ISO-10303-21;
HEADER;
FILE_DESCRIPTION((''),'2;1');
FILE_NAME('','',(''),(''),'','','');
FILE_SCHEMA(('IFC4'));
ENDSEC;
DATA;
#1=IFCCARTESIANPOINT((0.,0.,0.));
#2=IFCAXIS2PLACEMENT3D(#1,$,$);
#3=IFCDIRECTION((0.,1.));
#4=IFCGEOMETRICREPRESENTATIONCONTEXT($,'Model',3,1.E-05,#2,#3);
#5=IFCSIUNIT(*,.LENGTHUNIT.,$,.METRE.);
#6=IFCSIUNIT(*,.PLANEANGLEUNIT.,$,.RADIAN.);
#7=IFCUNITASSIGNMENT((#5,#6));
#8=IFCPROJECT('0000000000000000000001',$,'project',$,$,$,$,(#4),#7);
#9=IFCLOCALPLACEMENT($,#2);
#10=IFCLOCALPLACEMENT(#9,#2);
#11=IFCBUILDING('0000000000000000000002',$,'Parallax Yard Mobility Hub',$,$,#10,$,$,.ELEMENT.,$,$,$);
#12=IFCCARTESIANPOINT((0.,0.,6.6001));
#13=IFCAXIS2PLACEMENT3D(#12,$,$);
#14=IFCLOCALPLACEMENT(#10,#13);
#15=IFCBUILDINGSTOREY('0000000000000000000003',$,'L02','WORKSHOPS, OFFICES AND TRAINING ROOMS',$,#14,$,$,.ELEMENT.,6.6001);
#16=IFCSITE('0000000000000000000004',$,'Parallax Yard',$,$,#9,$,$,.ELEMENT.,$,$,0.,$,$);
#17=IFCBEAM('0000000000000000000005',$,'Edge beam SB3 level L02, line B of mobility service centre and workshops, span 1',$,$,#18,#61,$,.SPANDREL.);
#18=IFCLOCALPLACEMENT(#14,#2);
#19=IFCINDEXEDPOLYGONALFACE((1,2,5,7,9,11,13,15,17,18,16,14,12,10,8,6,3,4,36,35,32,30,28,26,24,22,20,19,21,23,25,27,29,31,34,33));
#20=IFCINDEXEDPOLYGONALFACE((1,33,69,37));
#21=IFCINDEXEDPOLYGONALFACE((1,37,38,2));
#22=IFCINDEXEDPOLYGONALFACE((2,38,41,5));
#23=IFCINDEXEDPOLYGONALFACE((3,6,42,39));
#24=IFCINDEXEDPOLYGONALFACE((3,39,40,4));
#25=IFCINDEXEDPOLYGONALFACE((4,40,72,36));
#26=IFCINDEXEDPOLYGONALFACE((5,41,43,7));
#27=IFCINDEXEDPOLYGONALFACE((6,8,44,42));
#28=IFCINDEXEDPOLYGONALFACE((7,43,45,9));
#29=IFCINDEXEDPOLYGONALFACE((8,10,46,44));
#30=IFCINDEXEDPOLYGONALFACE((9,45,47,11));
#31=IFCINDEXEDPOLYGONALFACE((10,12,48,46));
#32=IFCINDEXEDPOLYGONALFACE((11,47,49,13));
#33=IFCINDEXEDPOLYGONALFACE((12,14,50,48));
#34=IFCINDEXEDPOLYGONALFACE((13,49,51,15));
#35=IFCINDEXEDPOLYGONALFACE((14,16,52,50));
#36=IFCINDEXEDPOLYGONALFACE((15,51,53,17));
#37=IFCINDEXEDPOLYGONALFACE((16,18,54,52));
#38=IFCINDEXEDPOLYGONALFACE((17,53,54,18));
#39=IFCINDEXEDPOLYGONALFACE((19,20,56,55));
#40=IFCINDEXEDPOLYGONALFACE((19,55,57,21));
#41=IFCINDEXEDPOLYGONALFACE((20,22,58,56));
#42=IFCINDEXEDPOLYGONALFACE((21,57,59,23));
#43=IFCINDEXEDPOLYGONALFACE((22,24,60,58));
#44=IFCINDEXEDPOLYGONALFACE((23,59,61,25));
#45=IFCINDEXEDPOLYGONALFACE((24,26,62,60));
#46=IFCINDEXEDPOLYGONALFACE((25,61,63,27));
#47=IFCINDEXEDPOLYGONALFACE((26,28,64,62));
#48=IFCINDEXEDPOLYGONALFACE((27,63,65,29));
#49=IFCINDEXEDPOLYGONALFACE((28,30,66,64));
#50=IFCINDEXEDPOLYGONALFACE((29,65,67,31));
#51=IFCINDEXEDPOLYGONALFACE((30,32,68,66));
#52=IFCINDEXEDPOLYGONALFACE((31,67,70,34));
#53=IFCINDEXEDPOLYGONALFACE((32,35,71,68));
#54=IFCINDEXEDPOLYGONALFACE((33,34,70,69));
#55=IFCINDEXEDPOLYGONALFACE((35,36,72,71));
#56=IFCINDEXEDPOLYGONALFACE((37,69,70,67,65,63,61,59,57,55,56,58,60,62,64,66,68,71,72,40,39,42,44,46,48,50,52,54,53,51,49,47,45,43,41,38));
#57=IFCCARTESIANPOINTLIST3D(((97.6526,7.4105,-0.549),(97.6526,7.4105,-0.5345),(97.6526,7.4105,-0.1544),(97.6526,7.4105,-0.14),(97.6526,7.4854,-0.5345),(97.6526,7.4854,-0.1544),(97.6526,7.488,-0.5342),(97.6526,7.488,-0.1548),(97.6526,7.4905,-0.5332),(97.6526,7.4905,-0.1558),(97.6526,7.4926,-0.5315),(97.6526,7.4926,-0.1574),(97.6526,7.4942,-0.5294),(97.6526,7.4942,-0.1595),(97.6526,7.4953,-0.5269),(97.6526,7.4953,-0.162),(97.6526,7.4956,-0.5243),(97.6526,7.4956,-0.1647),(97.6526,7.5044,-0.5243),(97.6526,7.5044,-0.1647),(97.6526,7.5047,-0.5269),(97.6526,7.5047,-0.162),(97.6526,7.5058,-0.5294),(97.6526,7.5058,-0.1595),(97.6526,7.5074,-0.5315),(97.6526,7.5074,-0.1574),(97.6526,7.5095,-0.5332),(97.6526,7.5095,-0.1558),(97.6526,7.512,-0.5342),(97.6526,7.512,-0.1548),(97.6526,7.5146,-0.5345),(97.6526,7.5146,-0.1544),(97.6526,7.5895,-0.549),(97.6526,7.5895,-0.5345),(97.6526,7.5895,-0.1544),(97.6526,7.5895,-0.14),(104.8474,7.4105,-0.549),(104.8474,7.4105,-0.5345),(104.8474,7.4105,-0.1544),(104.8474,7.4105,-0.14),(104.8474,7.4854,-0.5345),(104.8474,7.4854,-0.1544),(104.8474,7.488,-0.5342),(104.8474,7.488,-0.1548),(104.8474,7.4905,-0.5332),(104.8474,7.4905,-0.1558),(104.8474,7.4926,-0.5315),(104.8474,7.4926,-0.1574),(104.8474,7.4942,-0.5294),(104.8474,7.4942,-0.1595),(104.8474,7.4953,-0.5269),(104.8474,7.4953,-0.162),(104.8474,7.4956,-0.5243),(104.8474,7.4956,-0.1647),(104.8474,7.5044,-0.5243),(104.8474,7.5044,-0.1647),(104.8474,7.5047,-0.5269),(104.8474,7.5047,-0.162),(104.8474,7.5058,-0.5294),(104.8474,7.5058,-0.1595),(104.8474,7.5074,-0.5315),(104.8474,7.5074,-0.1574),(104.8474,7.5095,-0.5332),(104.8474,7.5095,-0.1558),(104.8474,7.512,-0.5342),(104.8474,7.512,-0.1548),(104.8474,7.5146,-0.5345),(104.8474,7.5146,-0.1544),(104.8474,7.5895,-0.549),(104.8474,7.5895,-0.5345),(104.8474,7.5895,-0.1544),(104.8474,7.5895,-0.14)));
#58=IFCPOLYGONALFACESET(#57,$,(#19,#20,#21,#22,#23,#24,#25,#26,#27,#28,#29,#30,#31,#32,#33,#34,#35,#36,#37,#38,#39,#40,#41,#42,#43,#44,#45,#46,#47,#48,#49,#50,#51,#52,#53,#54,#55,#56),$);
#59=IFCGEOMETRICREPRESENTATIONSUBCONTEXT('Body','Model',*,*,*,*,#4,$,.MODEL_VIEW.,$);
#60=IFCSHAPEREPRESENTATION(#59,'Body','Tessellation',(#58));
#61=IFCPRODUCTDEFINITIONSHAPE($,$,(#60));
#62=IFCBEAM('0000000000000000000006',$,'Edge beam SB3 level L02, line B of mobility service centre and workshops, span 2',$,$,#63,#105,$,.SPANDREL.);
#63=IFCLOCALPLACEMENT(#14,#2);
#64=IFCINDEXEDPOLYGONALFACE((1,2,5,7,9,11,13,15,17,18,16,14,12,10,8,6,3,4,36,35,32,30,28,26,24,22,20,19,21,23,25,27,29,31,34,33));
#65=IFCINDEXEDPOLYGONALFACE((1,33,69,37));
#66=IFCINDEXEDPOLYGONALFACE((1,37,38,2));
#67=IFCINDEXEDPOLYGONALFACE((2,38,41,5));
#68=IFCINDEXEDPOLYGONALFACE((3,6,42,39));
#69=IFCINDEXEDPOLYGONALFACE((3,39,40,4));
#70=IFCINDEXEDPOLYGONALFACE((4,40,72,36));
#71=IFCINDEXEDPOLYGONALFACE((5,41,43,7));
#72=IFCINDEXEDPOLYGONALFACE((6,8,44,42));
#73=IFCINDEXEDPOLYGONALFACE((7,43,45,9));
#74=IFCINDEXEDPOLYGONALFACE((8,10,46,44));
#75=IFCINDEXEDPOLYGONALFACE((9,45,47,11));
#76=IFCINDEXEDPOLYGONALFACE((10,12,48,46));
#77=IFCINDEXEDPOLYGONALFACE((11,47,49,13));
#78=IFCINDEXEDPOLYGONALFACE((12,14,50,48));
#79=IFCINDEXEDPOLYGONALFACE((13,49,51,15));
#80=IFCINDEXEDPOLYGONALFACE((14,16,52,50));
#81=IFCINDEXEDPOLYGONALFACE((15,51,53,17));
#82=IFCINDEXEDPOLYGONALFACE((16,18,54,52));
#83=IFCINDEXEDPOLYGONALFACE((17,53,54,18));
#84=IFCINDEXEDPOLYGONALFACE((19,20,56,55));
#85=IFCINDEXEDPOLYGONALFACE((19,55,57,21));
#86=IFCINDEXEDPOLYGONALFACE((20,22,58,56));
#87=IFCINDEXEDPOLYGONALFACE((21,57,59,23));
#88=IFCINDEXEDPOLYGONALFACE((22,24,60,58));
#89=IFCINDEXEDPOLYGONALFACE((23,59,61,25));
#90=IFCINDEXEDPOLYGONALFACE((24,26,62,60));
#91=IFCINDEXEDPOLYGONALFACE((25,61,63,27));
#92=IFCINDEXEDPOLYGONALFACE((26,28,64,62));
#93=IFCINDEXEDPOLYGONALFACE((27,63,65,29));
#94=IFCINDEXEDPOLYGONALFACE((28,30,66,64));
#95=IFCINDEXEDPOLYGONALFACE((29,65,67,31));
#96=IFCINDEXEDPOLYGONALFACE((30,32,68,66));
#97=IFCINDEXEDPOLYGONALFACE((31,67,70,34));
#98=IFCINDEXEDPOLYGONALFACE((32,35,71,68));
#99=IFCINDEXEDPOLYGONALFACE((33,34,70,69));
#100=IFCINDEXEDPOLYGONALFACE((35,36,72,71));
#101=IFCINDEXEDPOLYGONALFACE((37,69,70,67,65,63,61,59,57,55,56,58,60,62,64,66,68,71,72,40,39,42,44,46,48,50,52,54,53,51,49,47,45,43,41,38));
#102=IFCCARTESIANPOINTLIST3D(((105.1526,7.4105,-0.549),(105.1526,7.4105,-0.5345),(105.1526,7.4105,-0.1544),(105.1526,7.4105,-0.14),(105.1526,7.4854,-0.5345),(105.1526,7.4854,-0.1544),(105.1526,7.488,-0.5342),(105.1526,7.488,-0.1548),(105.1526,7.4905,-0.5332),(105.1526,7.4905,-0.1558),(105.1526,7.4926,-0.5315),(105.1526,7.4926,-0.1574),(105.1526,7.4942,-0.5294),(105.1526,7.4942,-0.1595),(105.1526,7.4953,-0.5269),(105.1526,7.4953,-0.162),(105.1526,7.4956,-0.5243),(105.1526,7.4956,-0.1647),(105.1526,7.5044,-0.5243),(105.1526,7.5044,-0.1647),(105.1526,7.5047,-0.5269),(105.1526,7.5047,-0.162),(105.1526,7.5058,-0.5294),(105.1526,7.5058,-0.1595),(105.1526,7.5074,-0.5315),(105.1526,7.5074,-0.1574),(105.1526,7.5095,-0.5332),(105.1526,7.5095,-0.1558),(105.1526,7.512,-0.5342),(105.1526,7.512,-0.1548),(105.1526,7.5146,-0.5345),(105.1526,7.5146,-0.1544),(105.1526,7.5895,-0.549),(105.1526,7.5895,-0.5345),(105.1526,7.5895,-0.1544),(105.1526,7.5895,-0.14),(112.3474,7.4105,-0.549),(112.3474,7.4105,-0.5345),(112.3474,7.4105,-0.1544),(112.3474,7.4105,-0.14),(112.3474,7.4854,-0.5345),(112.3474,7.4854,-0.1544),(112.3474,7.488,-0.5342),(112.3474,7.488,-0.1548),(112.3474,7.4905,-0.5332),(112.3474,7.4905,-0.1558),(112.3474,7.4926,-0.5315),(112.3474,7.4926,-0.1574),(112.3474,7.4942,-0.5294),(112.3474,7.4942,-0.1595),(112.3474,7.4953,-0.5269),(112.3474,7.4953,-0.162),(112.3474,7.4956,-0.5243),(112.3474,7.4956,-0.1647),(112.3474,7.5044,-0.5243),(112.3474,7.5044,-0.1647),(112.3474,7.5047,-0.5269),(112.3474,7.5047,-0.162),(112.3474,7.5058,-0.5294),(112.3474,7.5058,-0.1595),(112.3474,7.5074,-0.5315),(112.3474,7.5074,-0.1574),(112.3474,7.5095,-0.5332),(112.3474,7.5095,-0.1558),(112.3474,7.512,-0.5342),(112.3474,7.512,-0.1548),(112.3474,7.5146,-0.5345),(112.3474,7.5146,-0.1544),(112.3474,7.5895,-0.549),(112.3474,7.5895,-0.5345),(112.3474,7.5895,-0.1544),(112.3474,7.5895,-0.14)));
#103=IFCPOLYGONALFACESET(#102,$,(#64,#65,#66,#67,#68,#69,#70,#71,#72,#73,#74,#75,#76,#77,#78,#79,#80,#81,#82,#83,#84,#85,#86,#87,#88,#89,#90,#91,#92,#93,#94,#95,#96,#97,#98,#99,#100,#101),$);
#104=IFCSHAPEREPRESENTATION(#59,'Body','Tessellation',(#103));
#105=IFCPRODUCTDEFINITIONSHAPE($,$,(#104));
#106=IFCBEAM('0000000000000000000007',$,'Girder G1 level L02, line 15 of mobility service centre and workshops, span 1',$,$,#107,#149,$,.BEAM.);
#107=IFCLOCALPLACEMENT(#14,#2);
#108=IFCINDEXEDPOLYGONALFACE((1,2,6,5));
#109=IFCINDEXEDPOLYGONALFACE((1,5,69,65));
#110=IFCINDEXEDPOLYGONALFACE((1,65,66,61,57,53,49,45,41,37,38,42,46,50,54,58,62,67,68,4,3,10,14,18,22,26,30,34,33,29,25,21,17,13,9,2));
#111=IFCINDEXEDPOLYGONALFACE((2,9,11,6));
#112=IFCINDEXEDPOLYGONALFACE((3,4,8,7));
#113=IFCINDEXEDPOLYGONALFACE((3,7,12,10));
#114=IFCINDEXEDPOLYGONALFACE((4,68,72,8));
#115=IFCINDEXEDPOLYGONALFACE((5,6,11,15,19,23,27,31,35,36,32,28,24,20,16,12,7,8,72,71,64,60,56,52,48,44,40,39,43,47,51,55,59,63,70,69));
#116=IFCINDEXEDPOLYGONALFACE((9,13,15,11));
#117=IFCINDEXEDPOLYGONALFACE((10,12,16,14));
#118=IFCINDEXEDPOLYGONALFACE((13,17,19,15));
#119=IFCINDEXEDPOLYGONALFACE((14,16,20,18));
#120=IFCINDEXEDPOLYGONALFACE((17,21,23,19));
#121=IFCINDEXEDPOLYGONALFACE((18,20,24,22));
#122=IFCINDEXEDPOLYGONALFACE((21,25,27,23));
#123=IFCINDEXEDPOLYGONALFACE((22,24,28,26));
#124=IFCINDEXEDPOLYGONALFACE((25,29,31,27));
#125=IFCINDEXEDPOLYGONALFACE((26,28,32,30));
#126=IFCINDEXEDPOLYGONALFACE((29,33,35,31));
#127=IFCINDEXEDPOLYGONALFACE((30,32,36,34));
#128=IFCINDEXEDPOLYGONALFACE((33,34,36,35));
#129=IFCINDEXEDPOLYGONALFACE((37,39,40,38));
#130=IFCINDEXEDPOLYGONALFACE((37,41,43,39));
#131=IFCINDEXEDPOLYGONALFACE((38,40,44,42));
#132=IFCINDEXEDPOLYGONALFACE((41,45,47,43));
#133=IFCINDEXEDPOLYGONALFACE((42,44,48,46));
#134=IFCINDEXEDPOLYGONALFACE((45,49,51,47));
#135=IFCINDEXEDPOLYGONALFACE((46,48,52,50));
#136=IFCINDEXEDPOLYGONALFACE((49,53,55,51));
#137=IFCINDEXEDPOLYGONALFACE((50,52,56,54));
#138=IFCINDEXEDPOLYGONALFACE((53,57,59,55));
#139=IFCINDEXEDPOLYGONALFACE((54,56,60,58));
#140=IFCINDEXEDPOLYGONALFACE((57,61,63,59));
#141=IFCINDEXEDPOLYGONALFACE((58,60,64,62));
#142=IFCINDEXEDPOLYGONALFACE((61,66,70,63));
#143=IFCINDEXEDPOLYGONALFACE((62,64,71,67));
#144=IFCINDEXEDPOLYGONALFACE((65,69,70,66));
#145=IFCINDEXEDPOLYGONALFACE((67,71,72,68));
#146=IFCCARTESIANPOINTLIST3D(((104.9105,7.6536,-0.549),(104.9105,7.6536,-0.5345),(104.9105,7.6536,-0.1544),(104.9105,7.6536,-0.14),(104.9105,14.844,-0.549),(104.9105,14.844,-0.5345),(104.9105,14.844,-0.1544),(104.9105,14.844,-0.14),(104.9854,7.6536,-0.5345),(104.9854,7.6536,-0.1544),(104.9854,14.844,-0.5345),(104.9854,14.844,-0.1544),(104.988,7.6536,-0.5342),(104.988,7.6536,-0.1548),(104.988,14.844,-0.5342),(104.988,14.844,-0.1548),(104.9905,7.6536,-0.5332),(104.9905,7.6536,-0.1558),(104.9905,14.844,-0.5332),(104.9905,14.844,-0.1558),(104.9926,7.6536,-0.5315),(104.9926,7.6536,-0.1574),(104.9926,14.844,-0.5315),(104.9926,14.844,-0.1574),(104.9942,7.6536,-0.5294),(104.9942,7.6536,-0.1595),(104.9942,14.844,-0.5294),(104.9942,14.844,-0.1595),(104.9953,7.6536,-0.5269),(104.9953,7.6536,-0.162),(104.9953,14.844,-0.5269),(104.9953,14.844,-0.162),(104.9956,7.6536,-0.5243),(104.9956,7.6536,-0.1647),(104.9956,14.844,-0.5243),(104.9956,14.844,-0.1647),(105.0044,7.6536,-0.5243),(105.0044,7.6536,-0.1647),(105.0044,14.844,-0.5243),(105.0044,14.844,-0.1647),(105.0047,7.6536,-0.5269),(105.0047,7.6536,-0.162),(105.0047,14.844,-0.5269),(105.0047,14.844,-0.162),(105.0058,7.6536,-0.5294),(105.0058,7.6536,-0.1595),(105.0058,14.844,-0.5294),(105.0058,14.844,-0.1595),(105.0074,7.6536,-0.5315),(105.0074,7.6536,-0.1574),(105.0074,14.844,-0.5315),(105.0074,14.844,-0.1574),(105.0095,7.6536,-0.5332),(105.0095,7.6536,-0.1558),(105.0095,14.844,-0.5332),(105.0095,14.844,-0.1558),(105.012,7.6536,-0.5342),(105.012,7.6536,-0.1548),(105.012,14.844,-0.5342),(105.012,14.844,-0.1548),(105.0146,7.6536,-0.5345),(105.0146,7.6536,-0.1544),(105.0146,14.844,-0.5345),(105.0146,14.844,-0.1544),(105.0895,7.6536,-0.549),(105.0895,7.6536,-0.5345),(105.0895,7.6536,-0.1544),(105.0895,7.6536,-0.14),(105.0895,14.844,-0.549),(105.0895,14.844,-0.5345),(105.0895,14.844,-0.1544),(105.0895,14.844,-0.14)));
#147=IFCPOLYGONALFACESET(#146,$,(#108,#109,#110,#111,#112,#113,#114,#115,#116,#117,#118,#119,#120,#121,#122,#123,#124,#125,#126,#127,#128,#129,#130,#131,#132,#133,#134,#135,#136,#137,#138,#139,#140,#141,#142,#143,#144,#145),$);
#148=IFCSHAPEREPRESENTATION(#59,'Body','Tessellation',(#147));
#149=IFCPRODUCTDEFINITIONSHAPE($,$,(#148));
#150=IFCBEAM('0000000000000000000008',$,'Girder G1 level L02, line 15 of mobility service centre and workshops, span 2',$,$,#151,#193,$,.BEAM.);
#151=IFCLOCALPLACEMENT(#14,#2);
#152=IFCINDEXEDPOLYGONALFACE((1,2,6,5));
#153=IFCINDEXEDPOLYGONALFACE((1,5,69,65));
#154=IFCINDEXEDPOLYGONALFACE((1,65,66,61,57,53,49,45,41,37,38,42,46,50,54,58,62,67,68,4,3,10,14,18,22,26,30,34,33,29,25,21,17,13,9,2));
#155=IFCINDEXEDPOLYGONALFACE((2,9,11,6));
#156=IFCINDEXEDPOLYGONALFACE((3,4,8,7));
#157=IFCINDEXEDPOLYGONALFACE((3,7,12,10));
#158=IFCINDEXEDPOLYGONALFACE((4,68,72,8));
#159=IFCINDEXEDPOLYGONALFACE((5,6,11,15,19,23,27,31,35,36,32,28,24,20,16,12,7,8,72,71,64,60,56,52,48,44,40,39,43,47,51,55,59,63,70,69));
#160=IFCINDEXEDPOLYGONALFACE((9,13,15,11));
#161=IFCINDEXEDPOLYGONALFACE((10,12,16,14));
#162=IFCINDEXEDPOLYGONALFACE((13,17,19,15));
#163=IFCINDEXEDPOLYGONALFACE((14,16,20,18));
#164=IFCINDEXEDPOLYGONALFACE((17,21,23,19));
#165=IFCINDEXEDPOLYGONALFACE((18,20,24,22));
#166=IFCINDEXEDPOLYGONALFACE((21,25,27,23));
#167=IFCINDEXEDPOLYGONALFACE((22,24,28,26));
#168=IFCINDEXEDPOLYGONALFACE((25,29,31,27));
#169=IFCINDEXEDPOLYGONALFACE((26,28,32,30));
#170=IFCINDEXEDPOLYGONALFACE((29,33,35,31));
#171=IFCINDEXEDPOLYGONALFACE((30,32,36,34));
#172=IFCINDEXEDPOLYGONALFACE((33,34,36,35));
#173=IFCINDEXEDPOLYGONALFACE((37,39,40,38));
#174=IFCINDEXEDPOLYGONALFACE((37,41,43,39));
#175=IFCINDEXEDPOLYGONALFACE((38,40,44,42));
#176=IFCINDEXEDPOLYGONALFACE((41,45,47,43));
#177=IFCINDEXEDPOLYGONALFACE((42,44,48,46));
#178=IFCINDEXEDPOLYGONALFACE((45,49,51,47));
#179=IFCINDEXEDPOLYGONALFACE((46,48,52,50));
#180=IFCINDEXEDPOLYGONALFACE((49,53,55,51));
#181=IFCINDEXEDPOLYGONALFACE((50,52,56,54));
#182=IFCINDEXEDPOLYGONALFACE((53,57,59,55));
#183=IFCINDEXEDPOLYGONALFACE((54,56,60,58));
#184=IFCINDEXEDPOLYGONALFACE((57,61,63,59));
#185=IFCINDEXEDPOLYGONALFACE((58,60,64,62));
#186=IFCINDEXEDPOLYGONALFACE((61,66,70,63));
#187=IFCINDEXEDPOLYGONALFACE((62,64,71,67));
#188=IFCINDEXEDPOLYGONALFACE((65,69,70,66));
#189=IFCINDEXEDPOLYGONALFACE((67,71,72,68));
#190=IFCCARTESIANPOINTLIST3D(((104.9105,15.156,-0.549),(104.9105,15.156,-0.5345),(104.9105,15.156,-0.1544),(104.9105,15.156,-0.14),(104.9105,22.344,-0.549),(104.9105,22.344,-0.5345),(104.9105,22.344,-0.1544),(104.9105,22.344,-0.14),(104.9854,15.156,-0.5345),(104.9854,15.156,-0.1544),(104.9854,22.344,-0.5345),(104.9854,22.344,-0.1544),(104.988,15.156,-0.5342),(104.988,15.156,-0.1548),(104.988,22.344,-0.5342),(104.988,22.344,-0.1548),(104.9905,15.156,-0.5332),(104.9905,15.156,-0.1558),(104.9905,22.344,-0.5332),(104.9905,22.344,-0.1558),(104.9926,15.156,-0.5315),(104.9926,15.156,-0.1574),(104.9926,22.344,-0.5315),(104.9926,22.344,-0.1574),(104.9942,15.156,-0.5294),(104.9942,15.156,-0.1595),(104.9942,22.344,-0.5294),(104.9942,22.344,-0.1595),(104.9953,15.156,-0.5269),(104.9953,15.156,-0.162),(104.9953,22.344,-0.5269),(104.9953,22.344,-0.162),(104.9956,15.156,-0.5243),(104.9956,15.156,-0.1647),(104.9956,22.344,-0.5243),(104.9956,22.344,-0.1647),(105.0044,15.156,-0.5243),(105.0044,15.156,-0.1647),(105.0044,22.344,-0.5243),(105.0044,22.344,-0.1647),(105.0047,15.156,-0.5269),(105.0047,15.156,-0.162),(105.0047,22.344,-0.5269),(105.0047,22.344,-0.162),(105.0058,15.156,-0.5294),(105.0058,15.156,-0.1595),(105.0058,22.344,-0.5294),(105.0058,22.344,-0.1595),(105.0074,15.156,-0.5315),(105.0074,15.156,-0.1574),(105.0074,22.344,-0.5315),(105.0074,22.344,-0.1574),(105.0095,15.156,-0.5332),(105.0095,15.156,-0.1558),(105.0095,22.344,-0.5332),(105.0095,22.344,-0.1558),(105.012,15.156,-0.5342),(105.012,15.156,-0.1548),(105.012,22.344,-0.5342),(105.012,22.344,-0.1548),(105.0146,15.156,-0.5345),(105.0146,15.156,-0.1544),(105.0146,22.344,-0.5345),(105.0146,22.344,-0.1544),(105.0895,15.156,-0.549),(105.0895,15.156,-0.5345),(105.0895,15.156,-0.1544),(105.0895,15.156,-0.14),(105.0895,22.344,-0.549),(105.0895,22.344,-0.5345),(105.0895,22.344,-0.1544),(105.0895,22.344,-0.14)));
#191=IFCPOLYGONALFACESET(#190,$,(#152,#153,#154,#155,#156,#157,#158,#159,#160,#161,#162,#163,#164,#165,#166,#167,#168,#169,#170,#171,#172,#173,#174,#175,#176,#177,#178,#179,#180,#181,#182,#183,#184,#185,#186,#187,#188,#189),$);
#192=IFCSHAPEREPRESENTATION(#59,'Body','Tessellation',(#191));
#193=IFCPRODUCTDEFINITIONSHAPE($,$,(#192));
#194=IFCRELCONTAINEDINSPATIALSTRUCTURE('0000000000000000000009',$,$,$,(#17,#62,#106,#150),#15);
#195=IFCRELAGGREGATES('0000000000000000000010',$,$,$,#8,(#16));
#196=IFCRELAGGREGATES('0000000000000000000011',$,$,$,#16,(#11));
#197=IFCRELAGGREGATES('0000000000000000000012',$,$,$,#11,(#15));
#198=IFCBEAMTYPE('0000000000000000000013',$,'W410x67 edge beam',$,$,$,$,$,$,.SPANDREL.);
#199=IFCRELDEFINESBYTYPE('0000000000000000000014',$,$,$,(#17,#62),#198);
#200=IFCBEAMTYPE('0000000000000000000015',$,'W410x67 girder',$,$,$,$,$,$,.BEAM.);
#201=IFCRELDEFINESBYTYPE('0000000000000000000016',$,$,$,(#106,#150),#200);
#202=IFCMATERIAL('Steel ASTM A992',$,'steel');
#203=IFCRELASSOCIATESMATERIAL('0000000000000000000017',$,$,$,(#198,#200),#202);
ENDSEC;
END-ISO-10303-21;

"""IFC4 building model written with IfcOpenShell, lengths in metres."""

from ifc_helpers import new_model, si_unit, direction, frame, origin, origin_2d, place, context, subcontext, project, spatial, i_section, extrude, material, material_profile, profile_set, type_object, element, save


model = new_model("IFC4")

# Units and contexts
model_context = context("Model", 3, precision=1e-05, world=origin(), true_north=direction((0.0, 1.0)))
body_context = subcontext(model_context, "Body", "Model", "MODEL_VIEW")
ifc_project = project(units=[si_unit("LENGTHUNIT", "METRE"), si_unit("PLANEANGLEUNIT", "RADIAN")], contexts=[model_context])

# Site, building, storey
site_placement = place(None, origin())
site = spatial("IfcSite", under=ifc_project, at=site_placement, Name="Parallax Yard", CompositionType="ELEMENT", RefElevation=0.0)
building_placement = place(site_placement, origin())
building = spatial("IfcBuilding", under=site, at=building_placement, Name="Parallax Yard Mobility Hub", CompositionType="ELEMENT")
storey_placement = place(building_placement, frame((0.0, 0.0, 6.6001)))
storey = spatial("IfcBuildingStorey", under=building, at=storey_placement, Name="L02", Description="WORKSHOPS, OFFICES AND TRAINING ROOMS", CompositionType="ELEMENT", Elevation=6.6001)

# Shared definitions
ifc_material_1 = material(Name="Steel ASTM A992", Category="steel")

# Beams
ifc_material_profile_1 = material_profile(ifc_material_1, i_section(OverallWidth=0.179, OverallDepth=0.4089, WebThickness=0.0088, FlangeThickness=0.0144, FilletRadius=0.0103, at=origin_2d()), Name="W410x67")
ifc_profile_set_1 = profile_set([ifc_material_profile_1], Name="Steel ASTM A992")
beam_type_1 = type_object("IfcBeamType", Name="W410x67 edge beam", PredefinedType="SPANDREL", material=ifc_profile_set_1)
for number, where, z_axis, x_axis, name in (
    (1, (97.6526, 7.5, -0.3445), (1.0, 0.0, 0.0), (0.0, 1.0, 0.0), "Edge beam SB3 level L02, line B of mobility service centre and workshops, span 1"),
    (2, (105.1526, 7.5, -0.3445), (1.0, 0.0, 0.0), (0.0, 1.0, 0.0), "Edge beam SB3 level L02, line B of mobility service centre and workshops, span 2"),
):
    element("IfcBeam", number, at=place(storey_placement, frame(where, z_axis=z_axis, x_axis=x_axis)), inside=storey, type_object=beam_type_1, Name=name, PredefinedType="SPANDREL", context=body_context, shape_type="SweptSolid", body=[
        extrude(i_section(OverallWidth=0.179, OverallDepth=0.4089, WebThickness=0.0088, FlangeThickness=0.0144, FilletRadius=0.0103, at=origin_2d()), origin(), (0.0, 0.0, 1.0), 7.1948),
    ])
ifc_material_profile_2 = material_profile(ifc_material_1, i_section(OverallWidth=0.179, OverallDepth=0.4089, WebThickness=0.0088, FlangeThickness=0.0144, FilletRadius=0.0103, at=origin_2d()), Name="W410x67")
ifc_profile_set_2 = profile_set([ifc_material_profile_2], Name="Steel ASTM A992")
beam_type_2 = type_object("IfcBeamType", Name="W410x67 girder", PredefinedType="BEAM", material=ifc_profile_set_2)
beam_1_placement = place(storey_placement, frame((105.0, 7.6536, -0.3445), z_axis=(0.0, 1.0, 0.0), x_axis=(-1.0, 0.0, 0.0)))
element("IfcBeam", 3, at=beam_1_placement, inside=storey, type_object=beam_type_2, Name="Girder G1 level L02, line 15 of mobility service centre and workshops, span 1", PredefinedType="BEAM", context=body_context, shape_type="SweptSolid", body=[
    extrude(i_section(OverallWidth=0.179, OverallDepth=0.4089, WebThickness=0.0088, FlangeThickness=0.0144, FilletRadius=0.0103, at=origin_2d()), origin(), (0.0, 0.0, 1.0), 7.1904),
])
beam_2_placement = place(storey_placement, frame((105.0, 15.156, -0.3445), z_axis=(0.0, 1.0, 0.0), x_axis=(-1.0, 0.0, 0.0)))
element("IfcBeam", 4, at=beam_2_placement, inside=storey, type_object=beam_type_2, Name="Girder G1 level L02, line 15 of mobility service centre and workshops, span 2", PredefinedType="BEAM", context=body_context, shape_type="SweptSolid", body=[
    extrude(i_section(OverallWidth=0.179, OverallDepth=0.4089, WebThickness=0.0088, FlangeThickness=0.0144, FilletRadius=0.0103, at=origin_2d()), origin(), (0.0, 0.0, 1.0), 7.188),
])

save(model, "model.ifc")
